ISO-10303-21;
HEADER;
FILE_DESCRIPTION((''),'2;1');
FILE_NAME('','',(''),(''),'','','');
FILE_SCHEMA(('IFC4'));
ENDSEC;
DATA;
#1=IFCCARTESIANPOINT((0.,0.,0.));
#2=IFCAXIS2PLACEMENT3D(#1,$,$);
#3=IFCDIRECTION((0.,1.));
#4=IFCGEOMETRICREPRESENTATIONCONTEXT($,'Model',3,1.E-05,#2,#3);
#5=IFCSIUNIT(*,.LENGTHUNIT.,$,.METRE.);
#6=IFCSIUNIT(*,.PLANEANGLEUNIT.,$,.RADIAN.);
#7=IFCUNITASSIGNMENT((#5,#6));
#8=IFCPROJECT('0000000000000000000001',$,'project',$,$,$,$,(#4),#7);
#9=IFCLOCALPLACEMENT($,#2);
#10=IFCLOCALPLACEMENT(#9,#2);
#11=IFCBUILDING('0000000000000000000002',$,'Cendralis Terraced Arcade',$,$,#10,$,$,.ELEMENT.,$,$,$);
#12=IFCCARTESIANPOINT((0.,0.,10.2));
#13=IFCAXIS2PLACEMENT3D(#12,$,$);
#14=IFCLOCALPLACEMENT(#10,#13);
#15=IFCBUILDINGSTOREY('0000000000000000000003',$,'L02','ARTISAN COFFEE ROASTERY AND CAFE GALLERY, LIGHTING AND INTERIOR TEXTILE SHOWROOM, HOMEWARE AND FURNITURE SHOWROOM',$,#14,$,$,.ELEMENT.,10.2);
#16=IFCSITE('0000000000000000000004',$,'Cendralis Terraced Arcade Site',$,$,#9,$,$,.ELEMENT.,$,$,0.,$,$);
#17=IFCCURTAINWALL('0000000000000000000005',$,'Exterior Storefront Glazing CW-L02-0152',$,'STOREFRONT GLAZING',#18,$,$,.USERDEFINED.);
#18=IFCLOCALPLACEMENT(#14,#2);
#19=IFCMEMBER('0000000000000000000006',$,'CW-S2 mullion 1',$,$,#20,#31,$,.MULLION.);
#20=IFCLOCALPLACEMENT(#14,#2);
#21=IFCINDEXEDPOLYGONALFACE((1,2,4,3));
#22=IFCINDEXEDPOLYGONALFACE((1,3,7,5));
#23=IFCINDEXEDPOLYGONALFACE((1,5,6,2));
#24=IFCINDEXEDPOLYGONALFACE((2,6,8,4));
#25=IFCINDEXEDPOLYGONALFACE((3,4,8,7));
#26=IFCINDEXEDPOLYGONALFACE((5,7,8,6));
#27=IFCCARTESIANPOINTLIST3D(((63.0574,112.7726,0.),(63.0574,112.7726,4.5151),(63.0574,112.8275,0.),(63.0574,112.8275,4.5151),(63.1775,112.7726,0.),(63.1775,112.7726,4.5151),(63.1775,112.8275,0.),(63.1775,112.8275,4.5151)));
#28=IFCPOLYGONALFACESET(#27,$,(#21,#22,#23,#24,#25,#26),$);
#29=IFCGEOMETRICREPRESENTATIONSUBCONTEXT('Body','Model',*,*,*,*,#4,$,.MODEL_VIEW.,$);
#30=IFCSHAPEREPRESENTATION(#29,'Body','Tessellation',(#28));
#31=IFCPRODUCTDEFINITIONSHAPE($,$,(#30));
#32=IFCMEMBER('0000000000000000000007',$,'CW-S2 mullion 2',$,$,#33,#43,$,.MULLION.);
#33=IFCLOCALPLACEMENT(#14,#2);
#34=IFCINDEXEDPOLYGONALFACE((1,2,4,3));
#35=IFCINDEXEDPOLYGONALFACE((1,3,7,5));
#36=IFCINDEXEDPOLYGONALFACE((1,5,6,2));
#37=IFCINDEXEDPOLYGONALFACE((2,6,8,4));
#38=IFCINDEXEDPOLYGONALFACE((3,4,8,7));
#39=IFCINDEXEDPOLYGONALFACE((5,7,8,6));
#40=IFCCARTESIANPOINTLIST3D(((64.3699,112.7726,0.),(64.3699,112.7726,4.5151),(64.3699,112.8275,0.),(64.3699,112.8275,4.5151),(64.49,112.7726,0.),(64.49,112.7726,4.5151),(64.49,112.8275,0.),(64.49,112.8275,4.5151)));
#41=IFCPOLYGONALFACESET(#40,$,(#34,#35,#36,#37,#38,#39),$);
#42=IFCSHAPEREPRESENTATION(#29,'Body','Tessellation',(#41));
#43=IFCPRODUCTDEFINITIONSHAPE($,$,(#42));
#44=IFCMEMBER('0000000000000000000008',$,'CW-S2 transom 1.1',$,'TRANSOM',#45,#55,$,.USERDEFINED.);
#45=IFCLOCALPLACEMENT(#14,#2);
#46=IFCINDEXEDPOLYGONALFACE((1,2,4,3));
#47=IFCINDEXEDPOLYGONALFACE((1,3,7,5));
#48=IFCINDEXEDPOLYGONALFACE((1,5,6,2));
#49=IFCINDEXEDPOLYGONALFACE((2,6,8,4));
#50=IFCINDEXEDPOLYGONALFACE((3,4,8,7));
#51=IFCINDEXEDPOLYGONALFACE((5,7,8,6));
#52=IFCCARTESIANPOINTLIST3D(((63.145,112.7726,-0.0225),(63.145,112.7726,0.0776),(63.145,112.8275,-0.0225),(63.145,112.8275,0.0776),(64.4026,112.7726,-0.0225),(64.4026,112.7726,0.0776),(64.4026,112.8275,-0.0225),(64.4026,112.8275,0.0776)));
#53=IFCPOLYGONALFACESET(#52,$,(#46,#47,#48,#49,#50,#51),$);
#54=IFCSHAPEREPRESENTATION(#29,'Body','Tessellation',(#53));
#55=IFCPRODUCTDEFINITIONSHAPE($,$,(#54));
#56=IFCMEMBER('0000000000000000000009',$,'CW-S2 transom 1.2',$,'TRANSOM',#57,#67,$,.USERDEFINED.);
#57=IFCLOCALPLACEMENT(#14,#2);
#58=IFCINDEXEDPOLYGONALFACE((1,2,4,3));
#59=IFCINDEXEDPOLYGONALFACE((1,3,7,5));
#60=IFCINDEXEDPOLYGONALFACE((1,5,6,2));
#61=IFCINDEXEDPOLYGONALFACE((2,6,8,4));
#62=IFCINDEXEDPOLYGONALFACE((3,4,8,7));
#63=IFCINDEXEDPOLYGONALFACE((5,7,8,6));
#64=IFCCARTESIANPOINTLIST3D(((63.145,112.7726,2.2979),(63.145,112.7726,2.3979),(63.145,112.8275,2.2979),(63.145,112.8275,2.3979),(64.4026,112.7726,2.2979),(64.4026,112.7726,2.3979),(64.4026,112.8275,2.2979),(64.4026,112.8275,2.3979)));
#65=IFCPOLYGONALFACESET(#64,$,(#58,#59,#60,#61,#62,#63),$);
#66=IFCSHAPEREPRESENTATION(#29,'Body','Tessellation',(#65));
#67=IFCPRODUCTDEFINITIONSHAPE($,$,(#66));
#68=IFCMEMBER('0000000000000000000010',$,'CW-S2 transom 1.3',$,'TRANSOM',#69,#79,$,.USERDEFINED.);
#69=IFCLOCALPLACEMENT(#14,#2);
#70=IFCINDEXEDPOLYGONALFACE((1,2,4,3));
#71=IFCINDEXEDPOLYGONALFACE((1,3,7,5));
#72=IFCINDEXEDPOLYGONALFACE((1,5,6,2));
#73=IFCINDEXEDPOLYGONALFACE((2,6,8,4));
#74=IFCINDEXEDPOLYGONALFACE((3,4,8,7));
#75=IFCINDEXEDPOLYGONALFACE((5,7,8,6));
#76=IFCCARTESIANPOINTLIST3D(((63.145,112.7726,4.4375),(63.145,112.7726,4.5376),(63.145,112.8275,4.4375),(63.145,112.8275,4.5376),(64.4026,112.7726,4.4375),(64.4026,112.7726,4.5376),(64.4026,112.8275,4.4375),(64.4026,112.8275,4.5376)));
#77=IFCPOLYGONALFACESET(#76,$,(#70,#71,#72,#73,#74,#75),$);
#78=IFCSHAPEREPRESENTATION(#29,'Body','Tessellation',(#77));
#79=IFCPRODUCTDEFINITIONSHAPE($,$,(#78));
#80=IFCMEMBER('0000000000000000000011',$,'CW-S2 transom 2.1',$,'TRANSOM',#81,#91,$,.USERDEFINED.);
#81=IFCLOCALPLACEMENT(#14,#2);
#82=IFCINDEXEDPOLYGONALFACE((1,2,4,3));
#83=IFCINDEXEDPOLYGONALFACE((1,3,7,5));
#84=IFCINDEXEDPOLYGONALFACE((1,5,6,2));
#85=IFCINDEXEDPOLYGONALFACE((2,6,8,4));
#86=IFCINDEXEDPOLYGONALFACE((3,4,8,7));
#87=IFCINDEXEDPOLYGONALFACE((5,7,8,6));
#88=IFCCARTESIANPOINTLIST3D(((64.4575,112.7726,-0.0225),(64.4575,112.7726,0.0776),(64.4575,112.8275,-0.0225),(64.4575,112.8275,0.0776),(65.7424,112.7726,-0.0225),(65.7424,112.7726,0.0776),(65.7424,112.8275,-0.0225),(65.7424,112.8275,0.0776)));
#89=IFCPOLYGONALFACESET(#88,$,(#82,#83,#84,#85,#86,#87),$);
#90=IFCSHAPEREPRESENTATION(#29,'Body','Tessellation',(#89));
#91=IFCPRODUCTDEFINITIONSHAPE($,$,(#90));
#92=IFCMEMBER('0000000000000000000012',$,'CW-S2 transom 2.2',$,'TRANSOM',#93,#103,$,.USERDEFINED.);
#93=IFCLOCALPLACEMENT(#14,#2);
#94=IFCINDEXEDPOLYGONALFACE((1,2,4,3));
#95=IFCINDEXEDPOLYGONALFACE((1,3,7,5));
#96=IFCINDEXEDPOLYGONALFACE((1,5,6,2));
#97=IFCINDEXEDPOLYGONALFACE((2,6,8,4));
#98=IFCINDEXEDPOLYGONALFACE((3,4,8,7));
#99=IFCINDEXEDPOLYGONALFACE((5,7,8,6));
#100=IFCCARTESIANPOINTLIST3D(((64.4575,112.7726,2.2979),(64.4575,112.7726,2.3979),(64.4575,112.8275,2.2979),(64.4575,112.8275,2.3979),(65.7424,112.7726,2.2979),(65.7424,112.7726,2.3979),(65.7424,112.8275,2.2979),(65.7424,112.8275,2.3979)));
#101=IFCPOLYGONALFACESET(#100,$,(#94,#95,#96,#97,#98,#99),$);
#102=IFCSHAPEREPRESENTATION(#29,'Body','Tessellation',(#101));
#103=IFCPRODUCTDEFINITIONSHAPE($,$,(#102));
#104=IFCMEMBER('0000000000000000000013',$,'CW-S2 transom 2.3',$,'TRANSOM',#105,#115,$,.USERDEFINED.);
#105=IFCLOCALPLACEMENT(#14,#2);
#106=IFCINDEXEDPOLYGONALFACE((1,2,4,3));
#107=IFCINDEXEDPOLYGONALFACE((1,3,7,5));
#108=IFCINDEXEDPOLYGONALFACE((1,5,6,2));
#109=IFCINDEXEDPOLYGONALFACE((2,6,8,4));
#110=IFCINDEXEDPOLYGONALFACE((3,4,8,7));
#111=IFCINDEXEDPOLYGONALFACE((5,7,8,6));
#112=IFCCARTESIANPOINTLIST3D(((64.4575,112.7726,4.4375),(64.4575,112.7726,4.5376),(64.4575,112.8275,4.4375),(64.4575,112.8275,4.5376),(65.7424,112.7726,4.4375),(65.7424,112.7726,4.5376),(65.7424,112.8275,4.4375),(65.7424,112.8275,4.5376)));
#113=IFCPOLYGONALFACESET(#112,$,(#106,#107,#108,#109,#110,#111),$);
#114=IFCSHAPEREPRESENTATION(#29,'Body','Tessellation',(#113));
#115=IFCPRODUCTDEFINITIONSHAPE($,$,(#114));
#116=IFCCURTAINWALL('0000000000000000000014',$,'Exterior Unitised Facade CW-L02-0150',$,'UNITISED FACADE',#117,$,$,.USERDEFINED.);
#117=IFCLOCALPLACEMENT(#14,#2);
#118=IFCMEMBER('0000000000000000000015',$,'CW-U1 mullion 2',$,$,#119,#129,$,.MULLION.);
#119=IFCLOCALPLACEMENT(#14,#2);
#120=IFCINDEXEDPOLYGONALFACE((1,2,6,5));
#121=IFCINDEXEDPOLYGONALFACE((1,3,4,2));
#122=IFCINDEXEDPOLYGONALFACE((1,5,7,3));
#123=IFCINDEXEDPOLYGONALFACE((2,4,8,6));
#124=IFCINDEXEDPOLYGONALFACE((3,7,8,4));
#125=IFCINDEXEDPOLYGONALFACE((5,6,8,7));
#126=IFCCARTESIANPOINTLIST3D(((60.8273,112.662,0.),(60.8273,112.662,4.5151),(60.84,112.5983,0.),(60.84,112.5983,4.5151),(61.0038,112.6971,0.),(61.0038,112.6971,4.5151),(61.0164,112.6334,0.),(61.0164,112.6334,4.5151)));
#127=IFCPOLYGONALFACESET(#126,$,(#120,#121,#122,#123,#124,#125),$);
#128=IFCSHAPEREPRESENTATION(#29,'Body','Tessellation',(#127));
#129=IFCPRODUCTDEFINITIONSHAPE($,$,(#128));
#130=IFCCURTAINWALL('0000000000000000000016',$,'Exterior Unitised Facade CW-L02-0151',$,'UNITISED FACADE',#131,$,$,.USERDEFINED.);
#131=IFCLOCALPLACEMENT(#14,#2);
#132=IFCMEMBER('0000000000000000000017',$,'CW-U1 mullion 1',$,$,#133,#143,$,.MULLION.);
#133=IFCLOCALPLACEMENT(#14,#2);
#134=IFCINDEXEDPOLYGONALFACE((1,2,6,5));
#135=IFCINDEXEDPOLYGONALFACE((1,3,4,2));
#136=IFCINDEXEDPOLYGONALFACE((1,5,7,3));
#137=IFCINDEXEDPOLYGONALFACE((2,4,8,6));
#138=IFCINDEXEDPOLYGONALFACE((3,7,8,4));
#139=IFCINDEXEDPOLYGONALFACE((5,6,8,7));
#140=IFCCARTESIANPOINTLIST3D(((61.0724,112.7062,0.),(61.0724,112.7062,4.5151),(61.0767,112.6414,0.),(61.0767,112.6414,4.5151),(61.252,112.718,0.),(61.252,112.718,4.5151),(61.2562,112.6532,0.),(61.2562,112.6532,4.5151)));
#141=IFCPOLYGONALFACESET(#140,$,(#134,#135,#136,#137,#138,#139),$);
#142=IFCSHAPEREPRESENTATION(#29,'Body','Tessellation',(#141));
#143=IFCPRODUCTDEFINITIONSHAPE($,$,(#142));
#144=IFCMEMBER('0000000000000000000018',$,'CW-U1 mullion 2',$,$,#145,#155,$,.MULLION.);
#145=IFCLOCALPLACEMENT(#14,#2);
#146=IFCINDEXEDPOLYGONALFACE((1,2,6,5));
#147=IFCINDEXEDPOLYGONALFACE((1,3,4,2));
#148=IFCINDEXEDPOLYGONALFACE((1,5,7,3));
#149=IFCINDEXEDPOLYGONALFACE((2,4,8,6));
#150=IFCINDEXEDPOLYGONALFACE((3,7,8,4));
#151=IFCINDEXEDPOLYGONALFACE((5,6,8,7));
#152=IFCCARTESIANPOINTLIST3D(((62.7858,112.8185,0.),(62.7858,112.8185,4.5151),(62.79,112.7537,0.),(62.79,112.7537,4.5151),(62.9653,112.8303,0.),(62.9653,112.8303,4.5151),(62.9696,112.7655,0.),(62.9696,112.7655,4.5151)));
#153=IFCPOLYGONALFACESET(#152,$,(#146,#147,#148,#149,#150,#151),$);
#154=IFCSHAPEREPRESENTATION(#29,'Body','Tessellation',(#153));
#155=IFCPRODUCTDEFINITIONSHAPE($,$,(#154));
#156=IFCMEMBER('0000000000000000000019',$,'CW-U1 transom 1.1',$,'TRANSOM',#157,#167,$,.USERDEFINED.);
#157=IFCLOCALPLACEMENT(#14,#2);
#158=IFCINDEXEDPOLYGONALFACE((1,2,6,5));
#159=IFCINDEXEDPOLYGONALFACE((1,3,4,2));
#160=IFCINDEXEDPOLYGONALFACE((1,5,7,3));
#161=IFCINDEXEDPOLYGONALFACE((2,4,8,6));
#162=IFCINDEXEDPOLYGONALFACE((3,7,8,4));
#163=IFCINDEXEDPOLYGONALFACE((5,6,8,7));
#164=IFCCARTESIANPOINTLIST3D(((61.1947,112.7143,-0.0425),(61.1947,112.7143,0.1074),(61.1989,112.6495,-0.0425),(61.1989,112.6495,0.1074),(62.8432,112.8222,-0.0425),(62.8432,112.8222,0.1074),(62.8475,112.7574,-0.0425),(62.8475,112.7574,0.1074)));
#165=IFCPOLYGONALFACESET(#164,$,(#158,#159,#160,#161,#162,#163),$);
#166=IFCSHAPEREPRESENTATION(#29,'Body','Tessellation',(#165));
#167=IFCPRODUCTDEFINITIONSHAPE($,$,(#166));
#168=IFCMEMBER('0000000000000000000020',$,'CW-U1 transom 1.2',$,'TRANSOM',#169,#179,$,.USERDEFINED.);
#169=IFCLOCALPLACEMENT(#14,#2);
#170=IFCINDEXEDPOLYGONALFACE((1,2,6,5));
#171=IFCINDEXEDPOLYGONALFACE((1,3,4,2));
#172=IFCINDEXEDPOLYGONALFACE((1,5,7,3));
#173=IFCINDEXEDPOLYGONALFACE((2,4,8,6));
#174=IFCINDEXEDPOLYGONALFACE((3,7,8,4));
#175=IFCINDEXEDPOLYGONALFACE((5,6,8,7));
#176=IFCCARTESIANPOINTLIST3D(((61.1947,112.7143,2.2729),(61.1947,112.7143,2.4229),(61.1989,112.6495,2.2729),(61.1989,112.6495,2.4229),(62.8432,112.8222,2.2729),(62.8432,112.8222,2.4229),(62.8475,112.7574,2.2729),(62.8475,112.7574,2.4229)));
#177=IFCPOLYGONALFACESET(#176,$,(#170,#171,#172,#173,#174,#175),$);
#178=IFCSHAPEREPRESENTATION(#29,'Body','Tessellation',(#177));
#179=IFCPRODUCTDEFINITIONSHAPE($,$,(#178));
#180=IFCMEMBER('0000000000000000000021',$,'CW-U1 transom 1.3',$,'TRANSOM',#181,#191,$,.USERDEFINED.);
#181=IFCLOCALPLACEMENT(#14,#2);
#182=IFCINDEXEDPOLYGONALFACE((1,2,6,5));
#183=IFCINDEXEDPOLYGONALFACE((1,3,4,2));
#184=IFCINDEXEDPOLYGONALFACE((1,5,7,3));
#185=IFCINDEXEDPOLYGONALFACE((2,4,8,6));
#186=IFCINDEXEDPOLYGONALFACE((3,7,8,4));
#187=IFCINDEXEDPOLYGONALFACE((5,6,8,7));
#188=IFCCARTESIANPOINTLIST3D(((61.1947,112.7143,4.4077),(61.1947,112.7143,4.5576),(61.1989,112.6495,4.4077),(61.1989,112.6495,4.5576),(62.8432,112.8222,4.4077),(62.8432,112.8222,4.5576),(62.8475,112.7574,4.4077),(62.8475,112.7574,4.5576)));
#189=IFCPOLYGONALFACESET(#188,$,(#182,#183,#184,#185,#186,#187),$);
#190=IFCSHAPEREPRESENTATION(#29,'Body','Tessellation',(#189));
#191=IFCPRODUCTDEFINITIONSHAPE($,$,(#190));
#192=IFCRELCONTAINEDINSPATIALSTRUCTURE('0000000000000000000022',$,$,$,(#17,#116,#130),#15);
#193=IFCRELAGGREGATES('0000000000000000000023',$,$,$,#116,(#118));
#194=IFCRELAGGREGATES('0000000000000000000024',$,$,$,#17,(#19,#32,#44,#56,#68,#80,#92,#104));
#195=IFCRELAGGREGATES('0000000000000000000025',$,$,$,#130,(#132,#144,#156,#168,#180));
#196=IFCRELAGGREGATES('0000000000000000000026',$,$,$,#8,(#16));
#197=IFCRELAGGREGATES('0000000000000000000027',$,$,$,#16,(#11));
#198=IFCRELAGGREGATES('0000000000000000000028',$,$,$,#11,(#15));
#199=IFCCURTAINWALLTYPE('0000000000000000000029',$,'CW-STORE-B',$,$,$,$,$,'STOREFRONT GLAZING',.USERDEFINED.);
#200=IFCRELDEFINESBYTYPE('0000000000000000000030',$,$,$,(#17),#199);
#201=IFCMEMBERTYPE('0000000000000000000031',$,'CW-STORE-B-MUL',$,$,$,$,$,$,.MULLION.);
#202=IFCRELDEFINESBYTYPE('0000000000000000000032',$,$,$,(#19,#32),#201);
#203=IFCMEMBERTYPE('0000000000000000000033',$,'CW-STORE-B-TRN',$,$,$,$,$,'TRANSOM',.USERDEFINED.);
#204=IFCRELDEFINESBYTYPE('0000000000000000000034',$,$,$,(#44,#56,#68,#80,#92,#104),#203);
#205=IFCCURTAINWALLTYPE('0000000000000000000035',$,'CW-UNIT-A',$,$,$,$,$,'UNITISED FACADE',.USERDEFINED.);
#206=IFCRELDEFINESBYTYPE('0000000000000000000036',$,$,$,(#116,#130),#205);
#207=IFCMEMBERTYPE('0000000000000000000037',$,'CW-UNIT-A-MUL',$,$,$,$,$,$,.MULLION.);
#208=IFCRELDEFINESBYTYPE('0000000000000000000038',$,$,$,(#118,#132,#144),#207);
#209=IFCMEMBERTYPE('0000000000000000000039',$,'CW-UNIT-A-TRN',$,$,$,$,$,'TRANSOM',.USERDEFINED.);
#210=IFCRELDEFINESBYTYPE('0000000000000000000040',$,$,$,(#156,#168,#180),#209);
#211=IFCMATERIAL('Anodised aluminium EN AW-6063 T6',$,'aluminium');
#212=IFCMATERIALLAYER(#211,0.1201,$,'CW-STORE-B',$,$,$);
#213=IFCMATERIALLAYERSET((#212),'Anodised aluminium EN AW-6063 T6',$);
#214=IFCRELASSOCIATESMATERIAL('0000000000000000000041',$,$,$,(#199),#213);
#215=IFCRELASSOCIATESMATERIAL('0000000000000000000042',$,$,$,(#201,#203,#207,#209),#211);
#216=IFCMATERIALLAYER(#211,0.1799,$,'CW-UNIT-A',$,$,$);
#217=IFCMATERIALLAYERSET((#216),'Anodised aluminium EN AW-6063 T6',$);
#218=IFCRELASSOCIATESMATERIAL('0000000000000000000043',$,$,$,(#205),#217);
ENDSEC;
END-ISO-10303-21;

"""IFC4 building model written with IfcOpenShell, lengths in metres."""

from ifc_helpers import new_model, si_unit, direction, frame, origin, origin_2d, place, context, subcontext, project, spatial, rectangle, extrude, material, layer, layer_set, material_profile, profile_set, type_object, element, aggregate, save


model = new_model("IFC4")

# Units and contexts
model_context = context("Model", 3, precision=1e-05, world=origin(), true_north=direction((0.0, 1.0)))
body_context = subcontext(model_context, "Body", "Model", "MODEL_VIEW")
ifc_project = project(units=[si_unit("LENGTHUNIT", "METRE"), si_unit("PLANEANGLEUNIT", "RADIAN")], contexts=[model_context])

# Site, building, storey
site_placement = place(None, origin())
site = spatial("IfcSite", under=ifc_project, at=site_placement, Name="Cendralis Terraced Arcade Site", CompositionType="ELEMENT", RefElevation=0.0)
building_placement = place(site_placement, origin())
building = spatial("IfcBuilding", under=site, at=building_placement, Name="Cendralis Terraced Arcade", CompositionType="ELEMENT")
storey_placement = place(building_placement, frame((0.0, 0.0, 10.2)))
storey = spatial("IfcBuildingStorey", under=building, at=storey_placement, Name="L02", Description="ARTISAN COFFEE ROASTERY AND CAFE GALLERY, LIGHTING AND INTERIOR TEXTILE SHOWROOM, HOMEWARE AND FURNITURE SHOWROOM", CompositionType="ELEMENT", Elevation=10.2)

# Curtain wall, members
ifc_material_1 = material(Name="Anodised aluminium EN AW-6063 T6", Category="aluminium")
ifc_layer_1 = layer(ifc_material_1, 0.1201, Name="CW-STORE-B")
ifc_layer_set_1 = layer_set([ifc_layer_1], Name="Anodised aluminium EN AW-6063 T6")
curtain_wall_type_1 = type_object("IfcCurtainWallType", Name="CW-STORE-B", ElementType="STOREFRONT GLAZING", PredefinedType="USERDEFINED", material=ifc_layer_set_1)
curtain_wall_1_placement = place(storey_placement, origin())
curtain_wall_1 = element("IfcCurtainWall", 1, at=curtain_wall_1_placement, inside=storey, type_object=curtain_wall_type_1, Name="Exterior Storefront Glazing CW-L02-0152", ObjectType="STOREFRONT GLAZING", PredefinedType="USERDEFINED")
ifc_material_profile_1 = material_profile(ifc_material_1, rectangle(XDim=0.0549, YDim=0.1201, at=origin_2d()), Name="ALU-MUL-55x120")
ifc_profile_set_1 = profile_set([ifc_material_profile_1], Name="Anodised aluminium EN AW-6063 T6")
member_type_1 = type_object("IfcMemberType", Name="CW-STORE-B-MUL", PredefinedType="MULLION", material=ifc_profile_set_1)
member_1_placement = place(storey_placement, frame((63.1174, 112.8, 0.0), z_axis=(0.0, 0.0, 1.0), x_axis=(0.0, 1.0, 0.0)))
member_1 = element("IfcMember", 2, at=member_1_placement, type_object=member_type_1, Name="CW-S2 mullion 1", PredefinedType="MULLION", context=body_context, shape_type="SweptSolid", body=[
    extrude(rectangle(XDim=0.0549, YDim=0.1201, at=origin_2d()), origin(), (0.0, 0.0, 1.0), 4.5151),
])
member_2_placement = place(storey_placement, frame((64.4299, 112.8, 0.0), z_axis=(0.0, 0.0, 1.0), x_axis=(0.0, 1.0, 0.0)))
member_2 = element("IfcMember", 3, at=member_2_placement, type_object=member_type_1, Name="CW-S2 mullion 2", PredefinedType="MULLION", context=body_context, shape_type="SweptSolid", body=[
    extrude(rectangle(XDim=0.0549, YDim=0.1201, at=origin_2d()), origin(), (0.0, 0.0, 1.0), 4.5151),
])
ifc_material_profile_2 = material_profile(ifc_material_1, rectangle(XDim=0.0549, YDim=0.1001, at=origin_2d()), Name="ALU-TRN-55x100")
ifc_profile_set_2 = profile_set([ifc_material_profile_2], Name="Anodised aluminium EN AW-6063 T6")
member_type_2 = type_object("IfcMemberType", Name="CW-STORE-B-TRN", ElementType="TRANSOM", PredefinedType="USERDEFINED", material=ifc_profile_set_2)
member_3_placement = place(storey_placement, frame((63.145, 112.8, 0.0276), z_axis=(1.0, 0.0, 0.0), x_axis=(0.0, 1.0, 0.0)))
member_3 = element("IfcMember", 4, at=member_3_placement, type_object=member_type_2, Name="CW-S2 transom 1.1", ObjectType="TRANSOM", PredefinedType="USERDEFINED", context=body_context, shape_type="SweptSolid", body=[
    extrude(rectangle(XDim=0.0549, YDim=0.1001, at=origin_2d()), origin(), (0.0, 0.0, 1.0), 1.2576),
])
member_4_placement = place(storey_placement, frame((63.145, 112.8, 2.3479), z_axis=(1.0, 0.0, 0.0), x_axis=(0.0, 1.0, 0.0)))
member_4 = element("IfcMember", 5, at=member_4_placement, type_object=member_type_2, Name="CW-S2 transom 1.2", ObjectType="TRANSOM", PredefinedType="USERDEFINED", context=body_context, shape_type="SweptSolid", body=[
    extrude(rectangle(XDim=0.0549, YDim=0.1001, at=origin_2d()), origin(), (0.0, 0.0, 1.0), 1.2576),
])
member_5_placement = place(storey_placement, frame((63.145, 112.8, 4.4875), z_axis=(1.0, 0.0, 0.0), x_axis=(0.0, 1.0, 0.0)))
member_5 = element("IfcMember", 6, at=member_5_placement, type_object=member_type_2, Name="CW-S2 transom 1.3", ObjectType="TRANSOM", PredefinedType="USERDEFINED", context=body_context, shape_type="SweptSolid", body=[
    extrude(rectangle(XDim=0.0549, YDim=0.1001, at=origin_2d()), origin(), (0.0, 0.0, 1.0), 1.2576),
])
member_6_placement = place(storey_placement, frame((64.4575, 112.8, 0.0276), z_axis=(1.0, 0.0, 0.0), x_axis=(0.0, 1.0, 0.0)))
member_6 = element("IfcMember", 7, at=member_6_placement, type_object=member_type_2, Name="CW-S2 transom 2.1", ObjectType="TRANSOM", PredefinedType="USERDEFINED", context=body_context, shape_type="SweptSolid", body=[
    extrude(rectangle(XDim=0.0549, YDim=0.1001, at=origin_2d()), origin(), (0.0, 0.0, 1.0), 1.2849),
])
member_7_placement = place(storey_placement, frame((64.4575, 112.8, 2.3479), z_axis=(1.0, 0.0, 0.0), x_axis=(0.0, 1.0, 0.0)))
member_7 = element("IfcMember", 8, at=member_7_placement, type_object=member_type_2, Name="CW-S2 transom 2.2", ObjectType="TRANSOM", PredefinedType="USERDEFINED", context=body_context, shape_type="SweptSolid", body=[
    extrude(rectangle(XDim=0.0549, YDim=0.1001, at=origin_2d()), origin(), (0.0, 0.0, 1.0), 1.2849),
])
member_8_placement = place(storey_placement, frame((64.4575, 112.8, 4.4875), z_axis=(1.0, 0.0, 0.0), x_axis=(0.0, 1.0, 0.0)))
member_8 = element("IfcMember", 9, at=member_8_placement, type_object=member_type_2, Name="CW-S2 transom 2.3", ObjectType="TRANSOM", PredefinedType="USERDEFINED", context=body_context, shape_type="SweptSolid", body=[
    extrude(rectangle(XDim=0.0549, YDim=0.1001, at=origin_2d()), origin(), (0.0, 0.0, 1.0), 1.2849),
])

# Curtain wall, member
ifc_layer_2 = layer(ifc_material_1, 0.1799, Name="CW-UNIT-A")
ifc_layer_set_2 = layer_set([ifc_layer_2], Name="Anodised aluminium EN AW-6063 T6")
curtain_wall_type_2 = type_object("IfcCurtainWallType", Name="CW-UNIT-A", ElementType="UNITISED FACADE", PredefinedType="USERDEFINED", material=ifc_layer_set_2)
curtain_wall_2_placement = place(storey_placement, origin())
curtain_wall_2 = element("IfcCurtainWall", 10, at=curtain_wall_2_placement, inside=storey, type_object=curtain_wall_type_2, Name="Exterior Unitised Facade CW-L02-0150", ObjectType="UNITISED FACADE", PredefinedType="USERDEFINED")
ifc_material_profile_3 = material_profile(ifc_material_1, rectangle(XDim=0.0649, YDim=0.1799, at=origin_2d()), Name="ALU-MUL-65x180")
ifc_profile_set_3 = profile_set([ifc_material_profile_3], Name="Anodised aluminium EN AW-6063 T6")
member_type_3 = type_object("IfcMemberType", Name="CW-UNIT-A-MUL", PredefinedType="MULLION", material=ifc_profile_set_3)
member_9_placement = place(storey_placement, frame((60.9219, 112.6477, 0.0), z_axis=(0.0, 0.0, 1.0), x_axis=(-0.195058, 0.980792, 0.0)))
member_9 = element("IfcMember", 11, at=member_9_placement, type_object=member_type_3, Name="CW-U1 mullion 2", PredefinedType="MULLION", context=body_context, shape_type="SweptSolid", body=[
    extrude(rectangle(XDim=0.0649, YDim=0.1799, at=origin_2d()), origin(), (0.0, 0.0, 1.0), 4.5151),
])
aggregate(curtain_wall_2, [member_9])

# Curtain wall, members
curtain_wall_3_placement = place(storey_placement, origin())
curtain_wall_3 = element("IfcCurtainWall", 12, at=curtain_wall_3_placement, inside=storey, type_object=curtain_wall_type_2, Name="Exterior Unitised Facade CW-L02-0151", ObjectType="UNITISED FACADE", PredefinedType="USERDEFINED")
member_10_placement = place(storey_placement, frame((61.1643, 112.6797, 0.0), z_axis=(0.0, 0.0, 1.0), x_axis=(-0.065372, 0.997861, 0.0)))
member_10 = element("IfcMember", 13, at=member_10_placement, type_object=member_type_3, Name="CW-U1 mullion 1", PredefinedType="MULLION", context=body_context, shape_type="SweptSolid", body=[
    extrude(rectangle(XDim=0.0649, YDim=0.1799, at=origin_2d()), origin(), (0.0, 0.0, 1.0), 4.5151),
])
member_11_placement = place(storey_placement, frame((62.8777, 112.792, 0.0), z_axis=(0.0, 0.0, 1.0), x_axis=(-0.065372, 0.997861, 0.0)))
member_11 = element("IfcMember", 14, at=member_11_placement, type_object=member_type_3, Name="CW-U1 mullion 2", PredefinedType="MULLION", context=body_context, shape_type="SweptSolid", body=[
    extrude(rectangle(XDim=0.0649, YDim=0.1799, at=origin_2d()), origin(), (0.0, 0.0, 1.0), 4.5151),
])
ifc_material_profile_4 = material_profile(ifc_material_1, rectangle(XDim=0.0649, YDim=0.1499, at=origin_2d()), Name="ALU-TRN-65x150")
ifc_profile_set_4 = profile_set([ifc_material_profile_4], Name="Anodised aluminium EN AW-6063 T6")
member_type_4 = type_object("IfcMemberType", Name="CW-UNIT-A-TRN", ElementType="TRANSOM", PredefinedType="USERDEFINED", material=ifc_profile_set_4)
member_12_placement = place(storey_placement, frame((61.1968, 112.6819, 0.0325), z_axis=(0.997865, 0.065313, 0.0), x_axis=(-0.065313, 0.997865, 0.0)))
member_12 = element("IfcMember", 15, at=member_12_placement, type_object=member_type_4, Name="CW-U1 transom 1.1", ObjectType="TRANSOM", PredefinedType="USERDEFINED", context=body_context, shape_type="SweptSolid", body=[
    extrude(rectangle(XDim=0.0649, YDim=0.1499, at=origin_2d()), origin(), (0.0, 0.0, 1.0), 1.6521),
])
member_13_placement = place(storey_placement, frame((61.1968, 112.6819, 2.3479), z_axis=(0.997865, 0.065313, 0.0), x_axis=(-0.065313, 0.997865, 0.0)))
member_13 = element("IfcMember", 16, at=member_13_placement, type_object=member_type_4, Name="CW-U1 transom 1.2", ObjectType="TRANSOM", PredefinedType="USERDEFINED", context=body_context, shape_type="SweptSolid", body=[
    extrude(rectangle(XDim=0.0649, YDim=0.1499, at=origin_2d()), origin(), (0.0, 0.0, 1.0), 1.6521),
])
member_14_placement = place(storey_placement, frame((61.1968, 112.6819, 4.4827), z_axis=(0.997865, 0.065313, 0.0), x_axis=(-0.065313, 0.997865, 0.0)))
member_14 = element("IfcMember", 17, at=member_14_placement, type_object=member_type_4, Name="CW-U1 transom 1.3", ObjectType="TRANSOM", PredefinedType="USERDEFINED", context=body_context, shape_type="SweptSolid", body=[
    extrude(rectangle(XDim=0.0649, YDim=0.1499, at=origin_2d()), origin(), (0.0, 0.0, 1.0), 1.6521),
])

aggregate(curtain_wall_1, [member_1, member_2, member_3, member_4, member_5, member_6, member_7, member_8])
aggregate(curtain_wall_3, [member_10, member_11, member_12, member_13, member_14])

save(model, "model.ifc")
